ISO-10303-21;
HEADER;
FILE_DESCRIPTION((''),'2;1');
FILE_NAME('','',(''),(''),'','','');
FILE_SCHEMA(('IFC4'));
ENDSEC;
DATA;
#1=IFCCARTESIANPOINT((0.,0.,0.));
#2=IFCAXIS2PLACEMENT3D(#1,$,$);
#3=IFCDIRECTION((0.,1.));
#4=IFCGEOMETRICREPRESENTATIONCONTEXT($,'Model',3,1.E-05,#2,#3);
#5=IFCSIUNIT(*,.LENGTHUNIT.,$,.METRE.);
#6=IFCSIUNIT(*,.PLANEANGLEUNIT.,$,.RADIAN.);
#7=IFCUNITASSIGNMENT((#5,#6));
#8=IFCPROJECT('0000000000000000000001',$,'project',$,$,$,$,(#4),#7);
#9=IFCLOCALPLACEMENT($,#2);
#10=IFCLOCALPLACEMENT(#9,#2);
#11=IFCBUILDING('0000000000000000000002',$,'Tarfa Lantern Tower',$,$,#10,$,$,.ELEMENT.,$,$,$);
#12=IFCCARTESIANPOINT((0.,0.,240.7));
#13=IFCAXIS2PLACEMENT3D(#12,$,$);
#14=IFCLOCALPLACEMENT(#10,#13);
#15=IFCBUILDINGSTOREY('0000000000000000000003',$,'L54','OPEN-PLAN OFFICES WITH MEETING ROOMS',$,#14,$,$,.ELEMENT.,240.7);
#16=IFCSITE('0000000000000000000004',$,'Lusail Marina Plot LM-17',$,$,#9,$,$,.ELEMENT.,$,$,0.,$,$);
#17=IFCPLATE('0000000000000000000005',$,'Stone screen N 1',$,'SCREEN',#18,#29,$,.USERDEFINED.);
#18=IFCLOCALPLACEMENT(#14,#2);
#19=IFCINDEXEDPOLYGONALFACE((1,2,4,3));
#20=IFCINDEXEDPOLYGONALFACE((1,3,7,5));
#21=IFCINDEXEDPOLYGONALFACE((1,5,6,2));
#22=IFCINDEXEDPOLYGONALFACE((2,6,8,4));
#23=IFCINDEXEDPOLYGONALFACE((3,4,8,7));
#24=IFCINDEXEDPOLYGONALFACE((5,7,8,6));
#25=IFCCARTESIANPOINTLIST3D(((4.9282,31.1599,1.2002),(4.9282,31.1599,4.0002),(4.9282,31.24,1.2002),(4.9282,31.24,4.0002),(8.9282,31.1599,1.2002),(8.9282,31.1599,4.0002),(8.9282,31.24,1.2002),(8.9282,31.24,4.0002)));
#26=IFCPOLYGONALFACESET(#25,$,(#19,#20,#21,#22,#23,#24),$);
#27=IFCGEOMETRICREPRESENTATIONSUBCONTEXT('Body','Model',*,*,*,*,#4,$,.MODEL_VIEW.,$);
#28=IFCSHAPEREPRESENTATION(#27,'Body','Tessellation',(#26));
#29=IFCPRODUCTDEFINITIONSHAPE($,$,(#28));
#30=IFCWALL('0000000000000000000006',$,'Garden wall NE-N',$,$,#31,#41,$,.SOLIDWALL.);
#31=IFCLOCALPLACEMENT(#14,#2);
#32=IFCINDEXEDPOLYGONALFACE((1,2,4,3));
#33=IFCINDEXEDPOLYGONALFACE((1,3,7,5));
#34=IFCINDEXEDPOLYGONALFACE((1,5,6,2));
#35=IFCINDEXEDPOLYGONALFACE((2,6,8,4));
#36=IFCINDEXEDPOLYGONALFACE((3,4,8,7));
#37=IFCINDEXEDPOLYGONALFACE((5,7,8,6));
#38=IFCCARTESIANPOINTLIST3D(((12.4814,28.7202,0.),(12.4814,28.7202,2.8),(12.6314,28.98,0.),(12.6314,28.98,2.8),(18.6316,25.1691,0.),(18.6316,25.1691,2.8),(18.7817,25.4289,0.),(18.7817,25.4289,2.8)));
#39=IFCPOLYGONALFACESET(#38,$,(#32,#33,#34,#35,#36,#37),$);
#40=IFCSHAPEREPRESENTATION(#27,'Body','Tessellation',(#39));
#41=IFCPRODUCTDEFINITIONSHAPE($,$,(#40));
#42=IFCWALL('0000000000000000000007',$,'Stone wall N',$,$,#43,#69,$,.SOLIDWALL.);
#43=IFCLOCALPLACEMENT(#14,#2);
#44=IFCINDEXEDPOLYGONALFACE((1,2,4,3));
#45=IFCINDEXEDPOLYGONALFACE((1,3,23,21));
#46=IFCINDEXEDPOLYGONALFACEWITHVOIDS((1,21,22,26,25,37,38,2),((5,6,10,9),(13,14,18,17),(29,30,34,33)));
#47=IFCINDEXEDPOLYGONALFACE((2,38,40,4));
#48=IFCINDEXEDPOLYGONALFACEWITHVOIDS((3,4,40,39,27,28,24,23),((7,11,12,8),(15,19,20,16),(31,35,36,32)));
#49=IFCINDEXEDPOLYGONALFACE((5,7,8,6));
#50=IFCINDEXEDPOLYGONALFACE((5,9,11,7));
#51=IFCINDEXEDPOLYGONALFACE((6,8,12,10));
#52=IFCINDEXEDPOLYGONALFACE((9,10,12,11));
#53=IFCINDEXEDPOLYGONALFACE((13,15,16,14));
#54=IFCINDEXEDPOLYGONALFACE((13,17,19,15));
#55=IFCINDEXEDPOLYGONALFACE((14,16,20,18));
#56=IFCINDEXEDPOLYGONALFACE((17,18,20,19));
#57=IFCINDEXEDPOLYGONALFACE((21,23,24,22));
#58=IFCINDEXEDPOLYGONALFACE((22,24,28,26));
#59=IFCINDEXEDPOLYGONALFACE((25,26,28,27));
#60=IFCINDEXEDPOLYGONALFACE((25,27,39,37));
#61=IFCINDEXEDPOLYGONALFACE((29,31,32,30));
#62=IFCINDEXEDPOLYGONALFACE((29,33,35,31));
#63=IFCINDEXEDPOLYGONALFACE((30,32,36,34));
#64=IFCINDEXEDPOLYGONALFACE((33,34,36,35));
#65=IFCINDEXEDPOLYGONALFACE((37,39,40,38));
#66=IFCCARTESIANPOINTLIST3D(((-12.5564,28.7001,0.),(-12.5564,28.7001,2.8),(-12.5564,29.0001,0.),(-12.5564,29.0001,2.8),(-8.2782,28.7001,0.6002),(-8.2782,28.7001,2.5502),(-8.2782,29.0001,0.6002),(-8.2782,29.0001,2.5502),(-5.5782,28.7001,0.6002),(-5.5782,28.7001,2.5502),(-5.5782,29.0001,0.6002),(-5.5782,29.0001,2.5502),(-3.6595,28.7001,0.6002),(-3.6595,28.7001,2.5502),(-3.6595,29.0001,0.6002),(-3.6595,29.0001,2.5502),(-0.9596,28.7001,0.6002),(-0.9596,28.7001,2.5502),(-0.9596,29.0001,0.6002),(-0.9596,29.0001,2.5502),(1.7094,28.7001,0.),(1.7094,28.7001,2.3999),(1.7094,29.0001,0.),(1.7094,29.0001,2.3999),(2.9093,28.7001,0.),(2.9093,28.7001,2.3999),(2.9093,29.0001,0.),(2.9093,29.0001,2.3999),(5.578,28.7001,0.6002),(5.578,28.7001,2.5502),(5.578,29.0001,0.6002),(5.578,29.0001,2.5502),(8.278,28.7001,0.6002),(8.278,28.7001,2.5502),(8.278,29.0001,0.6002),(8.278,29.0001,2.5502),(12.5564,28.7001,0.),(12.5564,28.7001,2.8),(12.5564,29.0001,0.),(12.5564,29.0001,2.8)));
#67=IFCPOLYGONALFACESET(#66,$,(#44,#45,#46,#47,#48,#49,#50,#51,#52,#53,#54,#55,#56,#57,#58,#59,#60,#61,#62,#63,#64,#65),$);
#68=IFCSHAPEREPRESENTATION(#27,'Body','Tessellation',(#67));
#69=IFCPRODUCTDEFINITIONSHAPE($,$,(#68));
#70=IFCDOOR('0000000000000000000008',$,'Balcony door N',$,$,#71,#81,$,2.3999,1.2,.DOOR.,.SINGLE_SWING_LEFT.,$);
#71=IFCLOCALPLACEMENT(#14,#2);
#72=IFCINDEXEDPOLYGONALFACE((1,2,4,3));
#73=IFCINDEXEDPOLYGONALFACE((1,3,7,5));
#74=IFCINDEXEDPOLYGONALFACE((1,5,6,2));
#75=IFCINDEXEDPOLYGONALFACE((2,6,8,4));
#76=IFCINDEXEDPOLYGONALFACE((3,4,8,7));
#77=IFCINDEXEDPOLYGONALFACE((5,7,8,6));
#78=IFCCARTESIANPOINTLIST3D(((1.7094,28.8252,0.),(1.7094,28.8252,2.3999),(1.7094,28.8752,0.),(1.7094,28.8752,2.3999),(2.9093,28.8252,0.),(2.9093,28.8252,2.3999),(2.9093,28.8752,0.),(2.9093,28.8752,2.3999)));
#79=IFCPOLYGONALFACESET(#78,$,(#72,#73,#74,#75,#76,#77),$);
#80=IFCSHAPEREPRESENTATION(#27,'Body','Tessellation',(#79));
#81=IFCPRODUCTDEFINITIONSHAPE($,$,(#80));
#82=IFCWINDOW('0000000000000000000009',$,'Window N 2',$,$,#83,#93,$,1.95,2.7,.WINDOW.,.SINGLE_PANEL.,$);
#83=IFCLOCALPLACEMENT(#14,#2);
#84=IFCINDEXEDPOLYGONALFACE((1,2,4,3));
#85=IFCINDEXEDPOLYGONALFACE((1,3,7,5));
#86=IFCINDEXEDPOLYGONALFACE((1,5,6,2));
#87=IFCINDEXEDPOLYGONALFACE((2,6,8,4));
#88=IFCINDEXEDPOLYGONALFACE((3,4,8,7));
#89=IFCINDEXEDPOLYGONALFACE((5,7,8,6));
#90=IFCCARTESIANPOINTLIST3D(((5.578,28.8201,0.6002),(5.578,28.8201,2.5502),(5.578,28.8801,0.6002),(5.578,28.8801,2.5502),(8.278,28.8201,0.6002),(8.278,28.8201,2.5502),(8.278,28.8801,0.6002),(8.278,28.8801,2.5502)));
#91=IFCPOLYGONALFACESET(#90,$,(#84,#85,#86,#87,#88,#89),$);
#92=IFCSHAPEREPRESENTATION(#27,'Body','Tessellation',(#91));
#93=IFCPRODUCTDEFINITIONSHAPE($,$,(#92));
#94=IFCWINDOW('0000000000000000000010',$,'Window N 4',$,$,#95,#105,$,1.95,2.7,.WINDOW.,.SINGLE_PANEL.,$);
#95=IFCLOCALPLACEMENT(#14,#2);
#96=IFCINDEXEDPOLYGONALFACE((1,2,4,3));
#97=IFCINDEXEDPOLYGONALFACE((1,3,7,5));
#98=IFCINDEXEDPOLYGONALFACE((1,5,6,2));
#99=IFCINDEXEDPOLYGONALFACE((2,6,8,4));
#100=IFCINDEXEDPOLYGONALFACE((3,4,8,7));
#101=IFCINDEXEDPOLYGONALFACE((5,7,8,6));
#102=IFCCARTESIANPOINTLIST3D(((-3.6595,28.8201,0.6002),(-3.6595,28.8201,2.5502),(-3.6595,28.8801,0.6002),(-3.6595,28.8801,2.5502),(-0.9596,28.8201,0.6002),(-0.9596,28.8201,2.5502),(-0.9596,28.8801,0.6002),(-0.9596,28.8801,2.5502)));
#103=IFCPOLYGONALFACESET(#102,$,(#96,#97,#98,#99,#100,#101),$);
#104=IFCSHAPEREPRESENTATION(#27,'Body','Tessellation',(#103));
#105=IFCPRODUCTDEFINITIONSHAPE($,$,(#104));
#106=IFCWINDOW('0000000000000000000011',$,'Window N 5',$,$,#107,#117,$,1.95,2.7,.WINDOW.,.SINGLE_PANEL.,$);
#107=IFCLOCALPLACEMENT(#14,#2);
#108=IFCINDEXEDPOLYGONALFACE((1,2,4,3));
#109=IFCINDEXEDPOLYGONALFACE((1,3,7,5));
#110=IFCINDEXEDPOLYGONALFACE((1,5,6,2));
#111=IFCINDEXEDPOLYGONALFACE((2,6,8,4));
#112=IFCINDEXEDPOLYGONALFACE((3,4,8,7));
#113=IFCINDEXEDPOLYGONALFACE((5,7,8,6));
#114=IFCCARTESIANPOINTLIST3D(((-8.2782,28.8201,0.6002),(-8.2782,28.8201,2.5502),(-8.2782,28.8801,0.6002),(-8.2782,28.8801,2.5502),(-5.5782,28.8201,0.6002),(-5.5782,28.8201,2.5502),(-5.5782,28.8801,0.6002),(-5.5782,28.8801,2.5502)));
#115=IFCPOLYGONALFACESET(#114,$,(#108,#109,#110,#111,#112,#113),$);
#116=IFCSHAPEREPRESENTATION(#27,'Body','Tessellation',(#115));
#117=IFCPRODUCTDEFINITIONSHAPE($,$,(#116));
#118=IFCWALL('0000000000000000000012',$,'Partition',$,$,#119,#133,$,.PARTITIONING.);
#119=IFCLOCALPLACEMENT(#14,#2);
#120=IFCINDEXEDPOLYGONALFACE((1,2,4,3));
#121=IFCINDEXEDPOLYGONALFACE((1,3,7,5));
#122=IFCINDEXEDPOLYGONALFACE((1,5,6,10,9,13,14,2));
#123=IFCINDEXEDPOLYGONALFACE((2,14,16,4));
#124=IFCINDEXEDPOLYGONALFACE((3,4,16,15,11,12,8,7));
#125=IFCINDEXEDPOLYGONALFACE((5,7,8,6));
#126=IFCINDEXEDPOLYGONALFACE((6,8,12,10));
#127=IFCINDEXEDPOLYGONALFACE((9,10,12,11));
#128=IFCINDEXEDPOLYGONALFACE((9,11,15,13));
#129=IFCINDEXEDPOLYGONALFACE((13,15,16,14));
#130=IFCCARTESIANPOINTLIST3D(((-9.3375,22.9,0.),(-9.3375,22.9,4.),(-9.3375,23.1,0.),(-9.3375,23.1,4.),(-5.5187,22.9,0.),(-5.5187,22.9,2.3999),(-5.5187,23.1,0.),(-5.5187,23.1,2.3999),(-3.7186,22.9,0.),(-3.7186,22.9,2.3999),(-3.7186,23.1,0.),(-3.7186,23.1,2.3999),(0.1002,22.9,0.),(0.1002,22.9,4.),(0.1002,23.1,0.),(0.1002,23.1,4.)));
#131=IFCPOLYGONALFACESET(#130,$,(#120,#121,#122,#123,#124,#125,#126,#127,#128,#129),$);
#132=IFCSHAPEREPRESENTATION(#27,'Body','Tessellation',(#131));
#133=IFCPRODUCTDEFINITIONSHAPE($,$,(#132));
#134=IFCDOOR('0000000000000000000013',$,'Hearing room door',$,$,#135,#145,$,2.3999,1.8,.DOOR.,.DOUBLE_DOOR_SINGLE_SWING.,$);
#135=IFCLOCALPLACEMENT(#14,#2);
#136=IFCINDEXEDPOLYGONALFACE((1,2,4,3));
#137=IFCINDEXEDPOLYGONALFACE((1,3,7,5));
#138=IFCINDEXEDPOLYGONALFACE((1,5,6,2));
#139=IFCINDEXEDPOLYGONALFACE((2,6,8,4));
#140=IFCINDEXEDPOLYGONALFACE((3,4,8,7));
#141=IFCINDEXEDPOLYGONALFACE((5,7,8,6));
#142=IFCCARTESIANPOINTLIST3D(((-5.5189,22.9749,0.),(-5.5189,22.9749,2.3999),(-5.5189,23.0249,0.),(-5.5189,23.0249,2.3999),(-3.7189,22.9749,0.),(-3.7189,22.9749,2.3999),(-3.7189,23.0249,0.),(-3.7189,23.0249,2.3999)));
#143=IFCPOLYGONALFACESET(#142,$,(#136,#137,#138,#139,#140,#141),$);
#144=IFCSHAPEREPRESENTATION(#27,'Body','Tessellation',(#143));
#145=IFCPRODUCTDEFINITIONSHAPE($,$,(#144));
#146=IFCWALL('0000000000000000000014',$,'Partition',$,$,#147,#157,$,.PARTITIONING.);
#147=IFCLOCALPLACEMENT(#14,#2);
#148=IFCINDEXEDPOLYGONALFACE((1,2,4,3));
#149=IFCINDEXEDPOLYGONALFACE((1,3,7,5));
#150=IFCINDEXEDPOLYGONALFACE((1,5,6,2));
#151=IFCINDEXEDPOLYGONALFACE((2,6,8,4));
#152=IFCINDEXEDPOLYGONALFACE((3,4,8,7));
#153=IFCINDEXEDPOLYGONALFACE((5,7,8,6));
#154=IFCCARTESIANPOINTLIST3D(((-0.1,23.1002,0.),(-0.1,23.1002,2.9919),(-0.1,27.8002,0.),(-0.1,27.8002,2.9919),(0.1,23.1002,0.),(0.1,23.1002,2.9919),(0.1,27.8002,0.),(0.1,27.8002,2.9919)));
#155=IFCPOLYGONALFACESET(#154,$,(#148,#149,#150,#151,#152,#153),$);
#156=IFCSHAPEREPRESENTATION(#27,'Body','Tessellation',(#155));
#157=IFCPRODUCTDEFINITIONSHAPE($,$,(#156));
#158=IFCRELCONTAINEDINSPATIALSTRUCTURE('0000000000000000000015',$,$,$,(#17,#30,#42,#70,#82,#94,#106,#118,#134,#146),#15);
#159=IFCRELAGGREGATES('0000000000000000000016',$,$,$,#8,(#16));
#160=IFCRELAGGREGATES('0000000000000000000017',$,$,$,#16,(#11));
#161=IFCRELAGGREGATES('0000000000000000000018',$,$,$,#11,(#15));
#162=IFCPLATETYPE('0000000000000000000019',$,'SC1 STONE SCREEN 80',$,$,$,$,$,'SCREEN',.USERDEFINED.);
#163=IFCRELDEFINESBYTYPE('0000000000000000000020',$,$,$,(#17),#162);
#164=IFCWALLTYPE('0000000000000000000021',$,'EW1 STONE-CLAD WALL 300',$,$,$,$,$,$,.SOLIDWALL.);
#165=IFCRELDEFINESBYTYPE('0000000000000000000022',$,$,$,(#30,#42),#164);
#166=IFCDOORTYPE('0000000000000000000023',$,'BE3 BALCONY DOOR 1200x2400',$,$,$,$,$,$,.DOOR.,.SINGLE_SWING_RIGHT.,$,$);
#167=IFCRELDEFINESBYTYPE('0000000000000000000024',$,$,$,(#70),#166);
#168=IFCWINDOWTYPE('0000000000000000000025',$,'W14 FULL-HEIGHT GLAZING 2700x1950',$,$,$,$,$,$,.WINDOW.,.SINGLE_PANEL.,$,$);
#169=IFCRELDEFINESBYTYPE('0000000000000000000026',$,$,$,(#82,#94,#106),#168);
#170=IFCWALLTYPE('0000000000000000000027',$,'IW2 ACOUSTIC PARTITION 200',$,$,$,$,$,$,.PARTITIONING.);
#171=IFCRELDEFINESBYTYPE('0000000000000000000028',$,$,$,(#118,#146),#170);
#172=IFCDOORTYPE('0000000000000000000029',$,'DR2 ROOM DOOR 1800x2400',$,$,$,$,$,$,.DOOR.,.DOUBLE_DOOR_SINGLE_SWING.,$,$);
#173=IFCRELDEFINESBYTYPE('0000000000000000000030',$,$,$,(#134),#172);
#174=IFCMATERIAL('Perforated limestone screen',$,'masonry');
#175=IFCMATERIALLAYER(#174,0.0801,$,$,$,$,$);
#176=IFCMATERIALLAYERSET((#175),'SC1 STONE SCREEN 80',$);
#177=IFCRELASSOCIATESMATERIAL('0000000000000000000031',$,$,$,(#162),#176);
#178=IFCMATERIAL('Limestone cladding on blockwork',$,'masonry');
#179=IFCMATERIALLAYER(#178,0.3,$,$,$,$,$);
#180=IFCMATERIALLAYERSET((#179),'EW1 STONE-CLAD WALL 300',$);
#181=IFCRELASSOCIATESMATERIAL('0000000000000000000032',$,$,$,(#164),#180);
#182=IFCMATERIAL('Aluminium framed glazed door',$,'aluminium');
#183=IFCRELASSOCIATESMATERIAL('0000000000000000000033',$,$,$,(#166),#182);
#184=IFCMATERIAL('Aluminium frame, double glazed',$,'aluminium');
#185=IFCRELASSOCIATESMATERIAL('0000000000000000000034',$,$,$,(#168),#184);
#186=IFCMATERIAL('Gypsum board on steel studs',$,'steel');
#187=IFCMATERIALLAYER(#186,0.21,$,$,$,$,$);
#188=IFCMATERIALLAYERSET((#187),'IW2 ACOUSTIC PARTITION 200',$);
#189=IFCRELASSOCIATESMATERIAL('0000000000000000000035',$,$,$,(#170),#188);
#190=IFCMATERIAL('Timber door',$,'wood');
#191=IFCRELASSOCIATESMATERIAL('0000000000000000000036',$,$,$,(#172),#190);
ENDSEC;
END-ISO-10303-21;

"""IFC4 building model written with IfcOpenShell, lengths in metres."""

from ifc_helpers import new_model, si_unit, direction, frame, frame_2d, origin, origin_2d, place, context, subcontext, project, spatial, rectangle, extrude, material, layer, layer_set, type_object, element, fill, save


model = new_model("IFC4")

# Units and contexts
model_context = context("Model", 3, precision=1e-05, world=origin(), true_north=direction((0.0, 1.0)))
body_context = subcontext(model_context, "Body", "Model", "MODEL_VIEW")
ifc_project = project(units=[si_unit("LENGTHUNIT", "METRE"), si_unit("PLANEANGLEUNIT", "RADIAN")], contexts=[model_context])

# Site, building, storey
site_placement = place(None, origin())
site = spatial("IfcSite", under=ifc_project, at=site_placement, Name="Lusail Marina Plot LM-17", CompositionType="ELEMENT", RefElevation=0.0)
building_placement = place(site_placement, origin())
building = spatial("IfcBuilding", under=site, at=building_placement, Name="Tarfa Lantern Tower", CompositionType="ELEMENT")
storey_placement = place(building_placement, frame((0.0, 0.0, 240.7)))
storey = spatial("IfcBuildingStorey", under=building, at=storey_placement, Name="L54", Description="OPEN-PLAN OFFICES WITH MEETING ROOMS", CompositionType="ELEMENT", Elevation=240.7)

# Plate
ifc_material_1 = material(Name="Perforated limestone screen", Category="masonry")
ifc_layer_1 = layer(ifc_material_1, 0.0801)
ifc_layer_set_1 = layer_set([ifc_layer_1], Name="SC1 STONE SCREEN 80")
plate_type_1 = type_object("IfcPlateType", Name="SC1 STONE SCREEN 80", ElementType="SCREEN", PredefinedType="USERDEFINED", material=ifc_layer_set_1)
plate_1_placement = place(storey_placement, frame((6.9282, 31.2, 1.2002), z_axis=(0.0, 0.0, 1.0), x_axis=(-1.0, 0.0, 0.0)))
element("IfcPlate", 1, at=plate_1_placement, inside=storey, type_object=plate_type_1, Name="Stone screen N 1", ObjectType="SCREEN", PredefinedType="USERDEFINED", context=body_context, shape_type="SweptSolid", body=[
    extrude(rectangle(XDim=4.0, YDim=0.0801, at=origin_2d()), origin(), (0.0, 0.0, 1.0), 2.8),
])

# Wall
ifc_material_2 = material(Name="Limestone cladding on blockwork", Category="masonry")
ifc_layer_2 = layer(ifc_material_2, 0.3)
ifc_layer_set_2 = layer_set([ifc_layer_2], Name="EW1 STONE-CLAD WALL 300")
wall_type_1 = type_object("IfcWallType", Name="EW1 STONE-CLAD WALL 300", PredefinedType="SOLIDWALL", material=ifc_layer_set_2)
wall_1_placement = place(storey_placement, frame((18.7065, 25.2991, 0.0), z_axis=(0.0, 0.0, 1.0), x_axis=(-0.866011, 0.500025, 0.0)))
element("IfcWall", 2, at=wall_1_placement, inside=storey, type_object=wall_type_1, Name="Garden wall NE-N", PredefinedType="SOLIDWALL", context=body_context, shape_type="SweptSolid", body=[
    extrude(rectangle(XDim=7.1018, YDim=0.3, at=frame_2d((3.5508, 0.0))), origin(), (0.0, 0.0, 1.0), 2.8),
])

# Wall, openings, door, windows
wall_2_placement = place(storey_placement, frame((12.5564, 28.8501, 0.0), z_axis=(0.0, 0.0, 1.0), x_axis=(-1.0, 0.0, 0.0)))
wall_2 = element("IfcWall", 3, at=wall_2_placement, inside=storey, type_object=wall_type_1, Name="Stone wall N", PredefinedType="SOLIDWALL", context=body_context, shape_type="SweptSolid", body=[
    extrude(rectangle(XDim=25.1128, YDim=0.3, at=frame_2d((12.5564, 0.0))), origin(), (0.0, 0.0, 1.0), 2.8),
])
opening_1_placement = place(wall_2_placement, frame((4.2783, 0.0, 0.6001)))
opening_1 = element("IfcOpeningElement", 4, at=opening_1_placement, cuts=wall_2, PredefinedType="OPENING", context=body_context, shape_type="SweptSolid", body=[
    extrude(rectangle(XDim=2.7, YDim=1.95, at=frame_2d((1.3501, 0.9751))), frame((0.0, 0.1599, 0.0), z_axis=(0.0, -1.0, 0.0), x_axis=(1.0, 0.0, 0.0)), (0.0, 0.0, 1.0), 0.3201),
])
opening_2_placement = place(wall_2_placement, frame((9.647, 0.0, 0.0)))
opening_2 = element("IfcOpeningElement", 5, at=opening_2_placement, cuts=wall_2, PredefinedType="OPENING", context=body_context, shape_type="SweptSolid", body=[
    extrude(rectangle(XDim=1.2, YDim=2.3999, at=frame_2d((0.6001, 1.2))), frame((0.0, 0.1599, 0.0), z_axis=(0.0, -1.0, 0.0), x_axis=(1.0, 0.0, 0.0)), (0.0, 0.0, 1.0), 0.3201),
])
opening_3_placement = place(wall_2_placement, frame((13.5159, 0.0, 0.6001)))
opening_3 = element("IfcOpeningElement", 6, at=opening_3_placement, cuts=wall_2, PredefinedType="OPENING", context=body_context, shape_type="SweptSolid", body=[
    extrude(rectangle(XDim=2.7, YDim=1.95, at=frame_2d((1.3501, 0.9751))), frame((0.0, 0.1599, 0.0), z_axis=(0.0, -1.0, 0.0), x_axis=(1.0, 0.0, 0.0)), (0.0, 0.0, 1.0), 0.3201),
])
opening_4_placement = place(wall_2_placement, frame((18.1345, 0.0, 0.6001)))
opening_4 = element("IfcOpeningElement", 7, at=opening_4_placement, cuts=wall_2, PredefinedType="OPENING", context=body_context, shape_type="SweptSolid", body=[
    extrude(rectangle(XDim=2.7, YDim=1.95, at=frame_2d((1.3501, 0.9751))), frame((0.0, 0.1599, 0.0), z_axis=(0.0, -1.0, 0.0), x_axis=(1.0, 0.0, 0.0)), (0.0, 0.0, 1.0), 0.3201),
])
ifc_material_3 = material(Name="Aluminium framed glazed door", Category="aluminium")
door_type_1 = type_object("IfcDoorType", Name="BE3 BALCONY DOOR 1200x2400", OperationType="SINGLE_SWING_RIGHT", PredefinedType="DOOR", material=ifc_material_3)
door_1_placement = place(opening_2_placement, origin())
door_1 = element("IfcDoor", 8, at=door_1_placement, inside=storey, type_object=door_type_1, Name="Balcony door N", OperationType="SINGLE_SWING_LEFT", OverallHeight=2.3999, OverallWidth=1.2, PredefinedType="DOOR", context=body_context, shape_type="SweptSolid", body=[
    extrude(rectangle(XDim=1.2, YDim=2.3999, at=frame_2d((0.6001, 1.2))), frame((0.0, 0.0249, 0.0), z_axis=(0.0, -1.0, 0.0), x_axis=(1.0, 0.0, 0.0)), (0.0, 0.0, 1.0), 0.05),
])
fill(opening_2, door_1)
ifc_material_4 = material(Name="Aluminium frame, double glazed", Category="aluminium")
window_type = type_object("IfcWindowType", Name="W14 FULL-HEIGHT GLAZING 2700x1950", PartitioningType="SINGLE_PANEL", PredefinedType="WINDOW", material=ifc_material_4)
window_1_placement = place(opening_1_placement, origin())
window_1 = element("IfcWindow", 9, at=window_1_placement, inside=storey, type_object=window_type, Name="Window N 2", OverallHeight=1.95, OverallWidth=2.7, PartitioningType="SINGLE_PANEL", PredefinedType="WINDOW", context=body_context, shape_type="SweptSolid", body=[
    extrude(rectangle(XDim=2.7, YDim=1.95, at=frame_2d((1.3501, 0.9751))), frame((0.0, 0.03, 0.0), z_axis=(0.0, -1.0, 0.0), x_axis=(1.0, 0.0, 0.0)), (0.0, 0.0, 1.0), 0.0601),
])
fill(opening_1, window_1)
window_2_placement = place(opening_3_placement, origin())
window_2 = element("IfcWindow", 10, at=window_2_placement, inside=storey, type_object=window_type, Name="Window N 4", OverallHeight=1.95, OverallWidth=2.7, PartitioningType="SINGLE_PANEL", PredefinedType="WINDOW", context=body_context, shape_type="SweptSolid", body=[
    extrude(rectangle(XDim=2.7, YDim=1.95, at=frame_2d((1.3501, 0.9751))), frame((0.0, 0.03, 0.0), z_axis=(0.0, -1.0, 0.0), x_axis=(1.0, 0.0, 0.0)), (0.0, 0.0, 1.0), 0.0601),
])
fill(opening_3, window_2)
window_3_placement = place(opening_4_placement, origin())
window_3 = element("IfcWindow", 11, at=window_3_placement, inside=storey, type_object=window_type, Name="Window N 5", OverallHeight=1.95, OverallWidth=2.7, PartitioningType="SINGLE_PANEL", PredefinedType="WINDOW", context=body_context, shape_type="SweptSolid", body=[
    extrude(rectangle(XDim=2.7, YDim=1.95, at=frame_2d((1.3501, 0.9751))), frame((0.0, 0.03, 0.0), z_axis=(0.0, -1.0, 0.0), x_axis=(1.0, 0.0, 0.0)), (0.0, 0.0, 1.0), 0.0601),
])
fill(opening_4, window_3)

# Wall, opening, door
ifc_material_5 = material(Name="Gypsum board on steel studs", Category="steel")
ifc_layer_3 = layer(ifc_material_5, 0.21)
ifc_layer_set_3 = layer_set([ifc_layer_3], Name="IW2 ACOUSTIC PARTITION 200")
wall_type_2 = type_object("IfcWallType", Name="IW2 ACOUSTIC PARTITION 200", PredefinedType="PARTITIONING", material=ifc_layer_set_3)
wall_3_placement = place(storey_placement, frame((0.1001, 23.0, 0.0), z_axis=(0.0, 0.0, 1.0), x_axis=(-1.0, 0.0, 0.0)))
wall_3 = element("IfcWall", 12, at=wall_3_placement, inside=storey, type_object=wall_type_2, Name="Partition", PredefinedType="PARTITIONING", context=body_context, shape_type="SweptSolid", body=[
    extrude(rectangle(XDim=9.4377, YDim=0.2, at=frame_2d((4.7188, 0.0))), origin(), (0.0, 0.0, 1.0), 4.0),
])
opening_5_placement = place(wall_3_placement, frame((3.8188, 0.0, 0.0)))
opening_5 = element("IfcOpeningElement", 13, at=opening_5_placement, cuts=wall_3, PredefinedType="OPENING", context=body_context, shape_type="SweptSolid", body=[
    extrude(rectangle(XDim=1.8, YDim=2.3999, at=frame_2d((0.8999, 1.2))), frame((0.0, 0.1099, 0.0), z_axis=(0.0, -1.0, 0.0), x_axis=(1.0, 0.0, 0.0)), (0.0, 0.0, 1.0), 0.22),
])
ifc_material_6 = material(Name="Timber door", Category="wood")
door_type_2 = type_object("IfcDoorType", Name="DR2 ROOM DOOR 1800x2400", OperationType="DOUBLE_DOOR_SINGLE_SWING", PredefinedType="DOOR", material=ifc_material_6)
door_2_placement = place(opening_5_placement, frame((1.8, 0.0, 0.0), z_axis=(0.0, 0.0, 1.0), x_axis=(-1.0, 0.0, 0.0)))
door_2 = element("IfcDoor", 14, at=door_2_placement, inside=storey, type_object=door_type_2, Name="Hearing room door", OperationType="DOUBLE_DOOR_SINGLE_SWING", OverallHeight=2.3999, OverallWidth=1.8, PredefinedType="DOOR", context=body_context, shape_type="SweptSolid", body=[
    extrude(rectangle(XDim=1.8, YDim=2.3999, at=frame_2d((0.8999, 1.2))), frame((0.0, 0.0249, 0.0), z_axis=(0.0, -1.0, 0.0), x_axis=(1.0, 0.0, 0.0)), (0.0, 0.0, 1.0), 0.05),
])
fill(opening_5, door_2)

# Wall
wall_4_placement = place(storey_placement, frame((0.0, 23.1001, 0.0), z_axis=(0.0, 0.0, 1.0), x_axis=(0.0, 1.0, 0.0)))
element("IfcWall", 15, at=wall_4_placement, inside=storey, type_object=wall_type_2, Name="Partition", PredefinedType="PARTITIONING", context=body_context, shape_type="SweptSolid", body=[
    extrude(rectangle(XDim=4.7, YDim=0.2, at=frame_2d((2.3501, 0.0))), origin(), (0.0, 0.0, 1.0), 2.9919),
])

save(model, "model.ifc")
